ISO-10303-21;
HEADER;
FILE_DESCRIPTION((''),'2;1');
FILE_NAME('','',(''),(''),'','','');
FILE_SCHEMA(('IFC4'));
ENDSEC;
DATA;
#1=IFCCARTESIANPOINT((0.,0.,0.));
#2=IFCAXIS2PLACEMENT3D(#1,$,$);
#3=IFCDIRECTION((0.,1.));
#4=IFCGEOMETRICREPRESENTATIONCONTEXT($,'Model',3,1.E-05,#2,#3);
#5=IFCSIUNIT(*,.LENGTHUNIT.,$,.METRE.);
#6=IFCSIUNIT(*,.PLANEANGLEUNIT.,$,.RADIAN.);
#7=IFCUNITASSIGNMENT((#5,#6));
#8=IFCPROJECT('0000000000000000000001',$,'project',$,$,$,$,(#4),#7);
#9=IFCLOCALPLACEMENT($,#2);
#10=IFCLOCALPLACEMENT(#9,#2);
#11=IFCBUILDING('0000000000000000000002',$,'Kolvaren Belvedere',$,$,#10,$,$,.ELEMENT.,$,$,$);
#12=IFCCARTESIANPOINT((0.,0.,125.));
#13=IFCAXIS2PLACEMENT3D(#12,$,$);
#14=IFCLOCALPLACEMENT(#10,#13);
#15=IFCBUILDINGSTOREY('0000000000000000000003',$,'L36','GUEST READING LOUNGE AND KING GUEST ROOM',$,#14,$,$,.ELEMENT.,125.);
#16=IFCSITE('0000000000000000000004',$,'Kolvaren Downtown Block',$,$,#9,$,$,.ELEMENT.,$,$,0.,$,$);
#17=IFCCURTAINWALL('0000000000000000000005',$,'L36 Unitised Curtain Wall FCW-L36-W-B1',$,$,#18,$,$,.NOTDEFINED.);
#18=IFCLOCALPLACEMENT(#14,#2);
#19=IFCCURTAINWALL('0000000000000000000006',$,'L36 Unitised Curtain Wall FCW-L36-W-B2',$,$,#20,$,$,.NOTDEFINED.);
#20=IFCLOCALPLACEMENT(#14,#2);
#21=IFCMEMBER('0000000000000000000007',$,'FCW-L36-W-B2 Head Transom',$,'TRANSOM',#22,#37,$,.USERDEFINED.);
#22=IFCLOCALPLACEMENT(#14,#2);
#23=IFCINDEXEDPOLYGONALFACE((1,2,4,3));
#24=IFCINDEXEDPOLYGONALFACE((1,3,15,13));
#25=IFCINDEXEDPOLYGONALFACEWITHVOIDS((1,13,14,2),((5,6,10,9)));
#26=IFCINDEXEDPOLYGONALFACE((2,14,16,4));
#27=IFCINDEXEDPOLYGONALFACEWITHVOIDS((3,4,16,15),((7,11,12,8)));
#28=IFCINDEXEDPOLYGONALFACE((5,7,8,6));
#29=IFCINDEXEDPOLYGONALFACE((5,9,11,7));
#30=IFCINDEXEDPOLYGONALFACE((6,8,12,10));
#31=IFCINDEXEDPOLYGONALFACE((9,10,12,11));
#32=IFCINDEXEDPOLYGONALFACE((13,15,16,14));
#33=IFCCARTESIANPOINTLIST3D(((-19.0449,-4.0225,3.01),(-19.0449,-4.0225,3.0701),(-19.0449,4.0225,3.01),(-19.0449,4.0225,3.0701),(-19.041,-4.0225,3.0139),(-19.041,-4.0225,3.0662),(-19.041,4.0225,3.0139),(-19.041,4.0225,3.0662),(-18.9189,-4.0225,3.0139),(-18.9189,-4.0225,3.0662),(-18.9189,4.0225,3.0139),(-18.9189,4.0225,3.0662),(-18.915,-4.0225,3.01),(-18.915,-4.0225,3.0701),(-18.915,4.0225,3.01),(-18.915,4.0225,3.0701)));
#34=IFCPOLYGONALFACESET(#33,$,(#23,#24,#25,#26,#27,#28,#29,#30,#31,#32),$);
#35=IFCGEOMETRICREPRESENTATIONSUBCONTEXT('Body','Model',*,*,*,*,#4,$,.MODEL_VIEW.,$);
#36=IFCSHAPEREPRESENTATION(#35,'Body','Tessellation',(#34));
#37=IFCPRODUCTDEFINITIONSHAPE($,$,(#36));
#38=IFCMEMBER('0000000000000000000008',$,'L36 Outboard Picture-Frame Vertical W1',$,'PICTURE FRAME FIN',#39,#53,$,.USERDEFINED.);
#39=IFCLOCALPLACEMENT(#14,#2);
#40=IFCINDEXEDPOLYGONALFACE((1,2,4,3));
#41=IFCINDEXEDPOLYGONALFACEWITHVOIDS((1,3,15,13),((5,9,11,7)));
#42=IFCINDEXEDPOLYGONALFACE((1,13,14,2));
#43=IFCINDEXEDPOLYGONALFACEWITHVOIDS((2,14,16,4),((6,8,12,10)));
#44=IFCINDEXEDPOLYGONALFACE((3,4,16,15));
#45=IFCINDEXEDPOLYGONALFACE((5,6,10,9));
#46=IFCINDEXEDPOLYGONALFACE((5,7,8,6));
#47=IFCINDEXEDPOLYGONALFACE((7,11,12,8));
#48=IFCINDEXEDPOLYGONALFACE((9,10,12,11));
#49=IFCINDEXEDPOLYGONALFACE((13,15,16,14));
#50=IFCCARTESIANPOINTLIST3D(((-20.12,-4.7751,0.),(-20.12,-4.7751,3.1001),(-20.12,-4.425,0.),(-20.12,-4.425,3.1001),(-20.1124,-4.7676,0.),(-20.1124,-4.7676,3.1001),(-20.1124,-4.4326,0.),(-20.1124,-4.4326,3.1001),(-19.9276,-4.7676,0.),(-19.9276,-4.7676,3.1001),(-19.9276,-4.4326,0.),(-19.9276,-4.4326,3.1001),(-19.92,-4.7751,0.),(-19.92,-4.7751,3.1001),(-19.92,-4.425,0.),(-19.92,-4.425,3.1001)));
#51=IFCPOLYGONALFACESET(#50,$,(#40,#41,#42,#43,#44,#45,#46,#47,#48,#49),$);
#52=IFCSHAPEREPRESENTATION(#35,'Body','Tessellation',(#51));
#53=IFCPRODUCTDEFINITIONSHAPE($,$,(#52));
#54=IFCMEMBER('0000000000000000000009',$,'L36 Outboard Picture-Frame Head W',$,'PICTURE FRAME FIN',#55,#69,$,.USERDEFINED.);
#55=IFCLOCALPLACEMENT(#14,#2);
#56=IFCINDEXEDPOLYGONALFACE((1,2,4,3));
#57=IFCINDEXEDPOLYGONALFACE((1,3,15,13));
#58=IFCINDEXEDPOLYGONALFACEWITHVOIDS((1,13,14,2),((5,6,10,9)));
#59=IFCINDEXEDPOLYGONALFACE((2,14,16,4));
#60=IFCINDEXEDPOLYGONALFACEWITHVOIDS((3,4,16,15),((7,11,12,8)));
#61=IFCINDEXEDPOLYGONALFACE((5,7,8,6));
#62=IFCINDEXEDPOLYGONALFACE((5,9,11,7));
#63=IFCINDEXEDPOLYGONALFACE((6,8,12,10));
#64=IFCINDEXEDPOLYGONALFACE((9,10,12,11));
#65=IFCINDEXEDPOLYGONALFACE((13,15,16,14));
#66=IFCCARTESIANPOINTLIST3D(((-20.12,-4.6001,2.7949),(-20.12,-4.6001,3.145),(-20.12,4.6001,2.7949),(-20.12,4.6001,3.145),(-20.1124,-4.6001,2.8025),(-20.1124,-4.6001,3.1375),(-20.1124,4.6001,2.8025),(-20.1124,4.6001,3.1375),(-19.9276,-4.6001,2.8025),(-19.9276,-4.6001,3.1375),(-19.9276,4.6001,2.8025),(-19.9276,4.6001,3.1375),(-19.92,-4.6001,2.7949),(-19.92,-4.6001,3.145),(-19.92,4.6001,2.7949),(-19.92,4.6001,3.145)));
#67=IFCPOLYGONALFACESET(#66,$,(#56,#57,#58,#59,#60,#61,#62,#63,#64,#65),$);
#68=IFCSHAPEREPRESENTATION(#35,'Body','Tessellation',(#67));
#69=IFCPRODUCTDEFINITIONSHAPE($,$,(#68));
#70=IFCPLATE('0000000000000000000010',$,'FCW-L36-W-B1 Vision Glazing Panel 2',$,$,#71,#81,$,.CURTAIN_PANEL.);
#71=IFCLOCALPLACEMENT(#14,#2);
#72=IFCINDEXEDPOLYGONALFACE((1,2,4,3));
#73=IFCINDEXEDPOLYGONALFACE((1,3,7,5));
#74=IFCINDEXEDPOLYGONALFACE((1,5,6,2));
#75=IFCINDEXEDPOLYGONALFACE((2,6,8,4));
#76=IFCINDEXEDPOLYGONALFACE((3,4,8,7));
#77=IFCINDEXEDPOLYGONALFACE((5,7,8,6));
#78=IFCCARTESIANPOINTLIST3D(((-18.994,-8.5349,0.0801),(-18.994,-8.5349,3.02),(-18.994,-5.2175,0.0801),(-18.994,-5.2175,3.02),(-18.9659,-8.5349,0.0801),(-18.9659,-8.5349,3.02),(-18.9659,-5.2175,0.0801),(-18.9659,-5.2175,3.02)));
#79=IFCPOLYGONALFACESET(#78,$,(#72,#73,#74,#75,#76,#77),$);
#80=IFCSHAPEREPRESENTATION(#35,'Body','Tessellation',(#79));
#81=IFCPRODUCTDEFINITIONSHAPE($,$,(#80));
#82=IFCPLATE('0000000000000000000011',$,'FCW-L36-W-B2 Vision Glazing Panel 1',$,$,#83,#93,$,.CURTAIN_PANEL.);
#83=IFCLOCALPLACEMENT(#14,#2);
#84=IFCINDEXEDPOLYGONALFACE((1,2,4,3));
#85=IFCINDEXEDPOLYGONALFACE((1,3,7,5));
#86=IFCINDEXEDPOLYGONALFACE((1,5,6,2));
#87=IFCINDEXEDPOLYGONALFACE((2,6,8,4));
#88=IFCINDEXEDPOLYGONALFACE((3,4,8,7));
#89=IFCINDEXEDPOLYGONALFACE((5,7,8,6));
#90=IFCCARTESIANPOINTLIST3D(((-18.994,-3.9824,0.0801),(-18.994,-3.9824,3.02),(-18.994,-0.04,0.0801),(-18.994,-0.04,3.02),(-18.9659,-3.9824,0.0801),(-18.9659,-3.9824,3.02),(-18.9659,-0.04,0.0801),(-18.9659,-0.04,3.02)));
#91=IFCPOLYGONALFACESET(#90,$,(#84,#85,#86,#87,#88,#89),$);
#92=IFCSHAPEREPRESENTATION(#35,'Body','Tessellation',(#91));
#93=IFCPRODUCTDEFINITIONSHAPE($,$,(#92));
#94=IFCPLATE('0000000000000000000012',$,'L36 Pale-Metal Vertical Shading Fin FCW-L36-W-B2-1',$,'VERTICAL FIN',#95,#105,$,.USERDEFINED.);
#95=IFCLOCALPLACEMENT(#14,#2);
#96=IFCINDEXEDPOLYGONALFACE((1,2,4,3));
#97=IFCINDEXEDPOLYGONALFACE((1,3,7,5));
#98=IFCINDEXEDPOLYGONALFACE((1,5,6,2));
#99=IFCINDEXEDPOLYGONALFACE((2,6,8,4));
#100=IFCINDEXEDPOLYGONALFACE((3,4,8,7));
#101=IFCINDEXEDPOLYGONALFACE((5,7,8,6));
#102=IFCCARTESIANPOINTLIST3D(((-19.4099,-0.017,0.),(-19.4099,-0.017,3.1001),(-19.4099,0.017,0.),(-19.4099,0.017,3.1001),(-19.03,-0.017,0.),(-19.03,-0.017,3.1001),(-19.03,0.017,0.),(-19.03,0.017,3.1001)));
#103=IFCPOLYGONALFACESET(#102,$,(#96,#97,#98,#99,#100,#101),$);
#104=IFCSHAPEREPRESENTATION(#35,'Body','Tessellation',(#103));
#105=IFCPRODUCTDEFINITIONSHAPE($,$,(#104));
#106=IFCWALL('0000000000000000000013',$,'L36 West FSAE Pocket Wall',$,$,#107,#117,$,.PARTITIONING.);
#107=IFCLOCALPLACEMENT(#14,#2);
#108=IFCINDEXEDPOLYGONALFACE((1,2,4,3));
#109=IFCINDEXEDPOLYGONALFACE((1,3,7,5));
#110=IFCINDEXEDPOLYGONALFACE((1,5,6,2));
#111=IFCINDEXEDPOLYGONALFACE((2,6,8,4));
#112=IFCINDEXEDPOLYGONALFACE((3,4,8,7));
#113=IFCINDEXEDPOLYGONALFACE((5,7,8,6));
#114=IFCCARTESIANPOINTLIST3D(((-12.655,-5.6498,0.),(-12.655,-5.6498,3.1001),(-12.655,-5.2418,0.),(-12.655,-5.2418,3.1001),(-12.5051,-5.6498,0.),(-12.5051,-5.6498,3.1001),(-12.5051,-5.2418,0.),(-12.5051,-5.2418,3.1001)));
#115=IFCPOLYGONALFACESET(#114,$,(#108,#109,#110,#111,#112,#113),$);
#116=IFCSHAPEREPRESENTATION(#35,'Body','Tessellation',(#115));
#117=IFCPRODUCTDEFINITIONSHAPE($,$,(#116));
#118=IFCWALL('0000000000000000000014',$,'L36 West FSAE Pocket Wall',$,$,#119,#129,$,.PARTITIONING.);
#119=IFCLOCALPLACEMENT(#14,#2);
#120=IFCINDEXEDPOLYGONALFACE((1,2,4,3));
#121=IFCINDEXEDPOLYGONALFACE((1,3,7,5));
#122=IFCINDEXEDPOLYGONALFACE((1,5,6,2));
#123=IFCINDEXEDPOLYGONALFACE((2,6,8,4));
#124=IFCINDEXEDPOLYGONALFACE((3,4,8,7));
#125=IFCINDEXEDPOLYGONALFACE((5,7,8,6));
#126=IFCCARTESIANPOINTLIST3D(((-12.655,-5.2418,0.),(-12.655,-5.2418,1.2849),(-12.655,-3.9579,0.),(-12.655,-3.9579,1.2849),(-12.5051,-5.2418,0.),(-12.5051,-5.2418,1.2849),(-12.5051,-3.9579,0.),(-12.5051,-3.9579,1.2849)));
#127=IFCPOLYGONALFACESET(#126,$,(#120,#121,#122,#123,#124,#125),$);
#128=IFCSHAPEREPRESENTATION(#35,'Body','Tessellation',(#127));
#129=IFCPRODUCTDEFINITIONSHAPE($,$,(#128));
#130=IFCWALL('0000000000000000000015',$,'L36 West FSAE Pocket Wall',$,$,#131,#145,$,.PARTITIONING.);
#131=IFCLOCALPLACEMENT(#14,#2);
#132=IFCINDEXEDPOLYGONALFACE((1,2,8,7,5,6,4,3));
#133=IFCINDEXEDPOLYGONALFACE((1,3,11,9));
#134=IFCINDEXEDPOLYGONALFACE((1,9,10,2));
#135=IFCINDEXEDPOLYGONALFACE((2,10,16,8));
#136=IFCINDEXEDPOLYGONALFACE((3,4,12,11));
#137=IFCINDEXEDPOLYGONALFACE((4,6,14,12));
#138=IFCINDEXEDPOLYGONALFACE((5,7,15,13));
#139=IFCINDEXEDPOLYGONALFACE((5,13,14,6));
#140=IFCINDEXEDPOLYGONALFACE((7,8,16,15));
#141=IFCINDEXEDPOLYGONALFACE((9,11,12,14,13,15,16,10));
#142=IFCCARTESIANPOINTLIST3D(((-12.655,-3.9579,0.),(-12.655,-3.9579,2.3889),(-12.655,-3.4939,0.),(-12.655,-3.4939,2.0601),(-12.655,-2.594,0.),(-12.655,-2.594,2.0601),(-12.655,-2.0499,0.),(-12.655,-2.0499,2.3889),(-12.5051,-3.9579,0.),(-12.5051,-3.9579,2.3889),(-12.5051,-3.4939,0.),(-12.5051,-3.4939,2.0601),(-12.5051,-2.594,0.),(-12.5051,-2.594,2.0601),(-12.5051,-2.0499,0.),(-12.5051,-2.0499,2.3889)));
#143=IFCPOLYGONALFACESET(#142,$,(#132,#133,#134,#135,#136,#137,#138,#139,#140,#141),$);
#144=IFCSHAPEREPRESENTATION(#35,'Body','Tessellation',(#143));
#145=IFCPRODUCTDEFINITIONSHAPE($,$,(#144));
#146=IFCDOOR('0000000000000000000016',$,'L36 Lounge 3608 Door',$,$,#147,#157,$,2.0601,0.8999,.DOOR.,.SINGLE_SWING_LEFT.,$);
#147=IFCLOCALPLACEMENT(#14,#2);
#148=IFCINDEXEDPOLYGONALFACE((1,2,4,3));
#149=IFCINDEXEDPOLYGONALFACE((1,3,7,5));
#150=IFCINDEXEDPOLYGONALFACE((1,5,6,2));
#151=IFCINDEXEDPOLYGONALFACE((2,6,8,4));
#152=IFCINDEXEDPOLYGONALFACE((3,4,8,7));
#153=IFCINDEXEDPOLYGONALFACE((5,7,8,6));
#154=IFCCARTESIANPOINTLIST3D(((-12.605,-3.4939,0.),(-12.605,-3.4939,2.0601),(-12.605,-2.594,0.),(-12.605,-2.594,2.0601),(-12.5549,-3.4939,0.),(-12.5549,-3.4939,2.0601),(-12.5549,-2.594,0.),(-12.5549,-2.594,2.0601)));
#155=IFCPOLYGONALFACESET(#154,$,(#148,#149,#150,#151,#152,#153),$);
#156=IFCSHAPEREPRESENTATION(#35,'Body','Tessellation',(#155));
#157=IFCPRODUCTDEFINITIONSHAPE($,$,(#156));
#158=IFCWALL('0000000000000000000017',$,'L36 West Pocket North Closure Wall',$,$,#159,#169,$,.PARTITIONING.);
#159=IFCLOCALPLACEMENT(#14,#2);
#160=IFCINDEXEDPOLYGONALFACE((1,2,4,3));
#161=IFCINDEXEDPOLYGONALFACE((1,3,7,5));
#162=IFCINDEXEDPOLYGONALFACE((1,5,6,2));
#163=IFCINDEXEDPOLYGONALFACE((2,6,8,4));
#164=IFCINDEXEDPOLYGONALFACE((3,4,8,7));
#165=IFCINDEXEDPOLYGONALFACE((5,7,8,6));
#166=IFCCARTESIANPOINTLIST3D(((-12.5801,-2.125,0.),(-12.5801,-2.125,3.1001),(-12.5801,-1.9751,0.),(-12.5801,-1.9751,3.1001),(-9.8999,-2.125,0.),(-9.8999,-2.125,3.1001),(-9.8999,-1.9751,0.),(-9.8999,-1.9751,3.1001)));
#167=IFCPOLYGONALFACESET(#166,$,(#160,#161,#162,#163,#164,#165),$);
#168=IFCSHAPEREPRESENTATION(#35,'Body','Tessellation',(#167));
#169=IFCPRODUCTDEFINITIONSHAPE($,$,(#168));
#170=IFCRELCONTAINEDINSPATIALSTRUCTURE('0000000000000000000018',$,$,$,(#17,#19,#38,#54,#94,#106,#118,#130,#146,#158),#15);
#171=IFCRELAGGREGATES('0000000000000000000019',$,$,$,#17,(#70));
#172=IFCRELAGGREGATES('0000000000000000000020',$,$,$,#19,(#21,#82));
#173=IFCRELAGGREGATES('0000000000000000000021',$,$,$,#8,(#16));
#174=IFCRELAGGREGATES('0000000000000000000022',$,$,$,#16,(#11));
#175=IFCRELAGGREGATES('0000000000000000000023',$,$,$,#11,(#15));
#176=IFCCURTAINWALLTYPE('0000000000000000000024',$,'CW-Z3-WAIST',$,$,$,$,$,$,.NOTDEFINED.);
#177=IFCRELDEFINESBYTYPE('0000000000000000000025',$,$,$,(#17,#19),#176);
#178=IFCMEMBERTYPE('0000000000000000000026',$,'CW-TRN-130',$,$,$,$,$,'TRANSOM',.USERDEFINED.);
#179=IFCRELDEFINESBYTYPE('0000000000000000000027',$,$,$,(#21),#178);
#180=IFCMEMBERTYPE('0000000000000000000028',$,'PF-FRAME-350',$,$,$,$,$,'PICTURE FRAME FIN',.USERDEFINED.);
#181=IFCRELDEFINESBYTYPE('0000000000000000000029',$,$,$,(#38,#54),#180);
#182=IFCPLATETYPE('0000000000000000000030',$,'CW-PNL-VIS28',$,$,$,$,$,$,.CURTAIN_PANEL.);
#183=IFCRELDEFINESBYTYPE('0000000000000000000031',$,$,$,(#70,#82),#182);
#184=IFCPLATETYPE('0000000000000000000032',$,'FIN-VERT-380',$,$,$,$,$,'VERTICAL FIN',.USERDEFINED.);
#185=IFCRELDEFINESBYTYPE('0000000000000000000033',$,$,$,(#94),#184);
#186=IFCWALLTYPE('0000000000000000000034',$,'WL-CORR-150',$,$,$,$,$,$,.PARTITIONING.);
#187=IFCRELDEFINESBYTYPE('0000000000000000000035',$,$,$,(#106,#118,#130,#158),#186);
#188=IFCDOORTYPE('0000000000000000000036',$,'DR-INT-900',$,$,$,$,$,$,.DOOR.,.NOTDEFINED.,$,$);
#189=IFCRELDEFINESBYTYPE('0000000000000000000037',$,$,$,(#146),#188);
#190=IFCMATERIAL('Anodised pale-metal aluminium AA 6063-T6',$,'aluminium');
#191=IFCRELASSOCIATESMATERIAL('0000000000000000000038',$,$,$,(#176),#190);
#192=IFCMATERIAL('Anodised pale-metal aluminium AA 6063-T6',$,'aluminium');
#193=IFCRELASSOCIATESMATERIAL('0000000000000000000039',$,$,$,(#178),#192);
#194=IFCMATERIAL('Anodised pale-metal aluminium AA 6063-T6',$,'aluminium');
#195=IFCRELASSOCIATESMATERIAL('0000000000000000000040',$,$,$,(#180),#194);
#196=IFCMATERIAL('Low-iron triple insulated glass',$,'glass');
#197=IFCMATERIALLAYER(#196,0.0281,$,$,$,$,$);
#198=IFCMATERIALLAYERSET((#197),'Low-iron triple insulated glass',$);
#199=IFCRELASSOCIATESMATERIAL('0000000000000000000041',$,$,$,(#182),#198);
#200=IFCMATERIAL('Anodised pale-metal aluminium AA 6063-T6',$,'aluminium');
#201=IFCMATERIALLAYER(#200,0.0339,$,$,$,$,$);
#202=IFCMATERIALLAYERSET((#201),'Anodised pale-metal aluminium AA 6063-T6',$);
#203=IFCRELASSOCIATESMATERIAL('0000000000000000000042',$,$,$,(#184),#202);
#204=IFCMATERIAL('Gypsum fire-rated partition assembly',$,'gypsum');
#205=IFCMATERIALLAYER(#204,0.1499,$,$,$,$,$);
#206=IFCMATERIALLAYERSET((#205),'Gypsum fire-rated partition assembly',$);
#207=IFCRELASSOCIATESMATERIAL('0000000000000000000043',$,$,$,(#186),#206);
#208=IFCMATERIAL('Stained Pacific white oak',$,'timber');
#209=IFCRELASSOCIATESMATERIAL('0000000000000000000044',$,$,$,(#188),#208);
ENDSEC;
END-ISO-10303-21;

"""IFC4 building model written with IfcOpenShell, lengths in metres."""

from ifc_helpers import new_model, si_unit, direction, frame, frame_2d, origin, origin_2d, place, context, subcontext, project, spatial, rectangle, hollow_rectangle, extrude, material, layer, layer_set, material_profile, profile_set, type_object, element, fill, aggregate, save


model = new_model("IFC4")

# Units and contexts
model_context = context("Model", 3, precision=1e-05, world=origin(), true_north=direction((0.0, 1.0)))
body_context = subcontext(model_context, "Body", "Model", "MODEL_VIEW")
ifc_project = project(units=[si_unit("LENGTHUNIT", "METRE"), si_unit("PLANEANGLEUNIT", "RADIAN")], contexts=[model_context])

# Site, building, storey
site_placement = place(None, origin())
site = spatial("IfcSite", under=ifc_project, at=site_placement, Name="Kolvaren Downtown Block", CompositionType="ELEMENT", RefElevation=0.0)
building_placement = place(site_placement, origin())
building = spatial("IfcBuilding", under=site, at=building_placement, Name="Kolvaren Belvedere", CompositionType="ELEMENT")
storey_placement = place(building_placement, frame((0.0, 0.0, 125.0)))
storey = spatial("IfcBuildingStorey", under=building, at=storey_placement, Name="L36", Description="GUEST READING LOUNGE AND KING GUEST ROOM", CompositionType="ELEMENT", Elevation=125.0)

# Curtain walls, member
ifc_material_1 = material(Name="Anodised pale-metal aluminium AA 6063-T6", Category="aluminium")
curtain_wall_type = type_object("IfcCurtainWallType", Name="CW-Z3-WAIST", PredefinedType="NOTDEFINED", material=ifc_material_1)
curtain_wall_1_placement = place(storey_placement, origin())
curtain_wall_1 = element("IfcCurtainWall", 1, at=curtain_wall_1_placement, inside=storey, type_object=curtain_wall_type, Name="L36 Unitised Curtain Wall FCW-L36-W-B1", PredefinedType="NOTDEFINED")
curtain_wall_2_placement = place(storey_placement, origin())
curtain_wall_2 = element("IfcCurtainWall", 2, at=curtain_wall_2_placement, inside=storey, type_object=curtain_wall_type, Name="L36 Unitised Curtain Wall FCW-L36-W-B2", PredefinedType="NOTDEFINED")
ifc_material_2 = material(Name="Anodised pale-metal aluminium AA 6063-T6", Category="aluminium")
ifc_material_profile_1 = material_profile(ifc_material_2, hollow_rectangle(XDim=0.0601, YDim=0.1299, WallThickness=0.0039, at=origin_2d()), Name="ALU-TRN-130X60")
ifc_profile_set_1 = profile_set([ifc_material_profile_1], Name="Anodised pale-metal aluminium AA 6063-T6")
member_type_1 = type_object("IfcMemberType", Name="CW-TRN-130", ElementType="TRANSOM", PredefinedType="USERDEFINED", material=ifc_profile_set_1)
member_1_placement = place(storey_placement, frame((-18.98, -4.0225, 3.04), z_axis=(0.0, 1.0, 0.0), x_axis=(0.0, 0.0, 1.0)))
member_1 = element("IfcMember", 3, at=member_1_placement, type_object=member_type_1, Name="FCW-L36-W-B2 Head Transom", ObjectType="TRANSOM", PredefinedType="USERDEFINED", context=body_context, shape_type="SweptSolid", body=[
    extrude(hollow_rectangle(XDim=0.0601, YDim=0.1299, WallThickness=0.0039, at=origin_2d()), origin(), (0.0, 0.0, 1.0), 8.0449),
])

# Members
ifc_material_3 = material(Name="Anodised pale-metal aluminium AA 6063-T6", Category="aluminium")
ifc_material_profile_2 = material_profile(ifc_material_3, hollow_rectangle(XDim=0.2, YDim=0.3501, WallThickness=0.0076, at=origin_2d()), Name="ALU-PF-350X200")
ifc_profile_set_2 = profile_set([ifc_material_profile_2], Name="Anodised pale-metal aluminium AA 6063-T6")
member_type_2 = type_object("IfcMemberType", Name="PF-FRAME-350", ElementType="PICTURE FRAME FIN", PredefinedType="USERDEFINED", material=ifc_profile_set_2)
member_2_placement = place(storey_placement, frame((-20.02, -4.6001, 0.0), z_axis=(0.0, 0.0, 1.0), x_axis=(1.0, 0.0, 0.0)))
element("IfcMember", 4, at=member_2_placement, inside=storey, type_object=member_type_2, Name="L36 Outboard Picture-Frame Vertical W1", ObjectType="PICTURE FRAME FIN", PredefinedType="USERDEFINED", context=body_context, shape_type="SweptSolid", body=[
    extrude(hollow_rectangle(XDim=0.2, YDim=0.3501, WallThickness=0.0076, at=origin_2d()), origin(), (0.0, 0.0, 1.0), 3.1001),
])
member_3_placement = place(storey_placement, frame((-20.02, -4.6001, 2.97), z_axis=(0.0, 1.0, 0.0), x_axis=(-1.0, 0.0, 0.0)))
element("IfcMember", 5, at=member_3_placement, inside=storey, type_object=member_type_2, Name="L36 Outboard Picture-Frame Head W", ObjectType="PICTURE FRAME FIN", PredefinedType="USERDEFINED", context=body_context, shape_type="SweptSolid", body=[
    extrude(hollow_rectangle(XDim=0.2, YDim=0.3501, WallThickness=0.0076, at=origin_2d()), origin(), (0.0, 0.0, 1.0), 9.2002),
])

# Plates
ifc_material_4 = material(Name="Low-iron triple insulated glass", Category="glass")
ifc_layer_1 = layer(ifc_material_4, 0.0281)
ifc_layer_set_1 = layer_set([ifc_layer_1], Name="Low-iron triple insulated glass")
plate_type_1 = type_object("IfcPlateType", Name="CW-PNL-VIS28", PredefinedType="CURTAIN_PANEL", material=ifc_layer_set_1)
plate_1_placement = place(storey_placement, frame((-18.98, -6.8762, 0.0801), z_axis=(0.0, 0.0, 1.0), x_axis=(0.0, 1.0, 0.0)))
plate_1 = element("IfcPlate", 6, at=plate_1_placement, type_object=plate_type_1, Name="FCW-L36-W-B1 Vision Glazing Panel 2", PredefinedType="CURTAIN_PANEL", context=body_context, shape_type="SweptSolid", body=[
    extrude(rectangle(XDim=3.3174, YDim=0.0281, at=origin_2d()), origin(), (0.0, 0.0, 1.0), 2.9399),
])
aggregate(curtain_wall_1, [plate_1])
plate_2_placement = place(storey_placement, frame((-18.98, -2.0112, 0.0801), z_axis=(0.0, 0.0, 1.0), x_axis=(0.0, 1.0, 0.0)))
plate_2 = element("IfcPlate", 7, at=plate_2_placement, type_object=plate_type_1, Name="FCW-L36-W-B2 Vision Glazing Panel 1", PredefinedType="CURTAIN_PANEL", context=body_context, shape_type="SweptSolid", body=[
    extrude(rectangle(XDim=3.9424, YDim=0.0281, at=origin_2d()), origin(), (0.0, 0.0, 1.0), 2.9399),
])
aggregate(curtain_wall_2, [member_1, plate_2])
ifc_material_5 = material(Name="Anodised pale-metal aluminium AA 6063-T6", Category="aluminium")
ifc_layer_2 = layer(ifc_material_5, 0.0339)
ifc_layer_set_2 = layer_set([ifc_layer_2], Name="Anodised pale-metal aluminium AA 6063-T6")
plate_type_2 = type_object("IfcPlateType", Name="FIN-VERT-380", ElementType="VERTICAL FIN", PredefinedType="USERDEFINED", material=ifc_layer_set_2)
plate_3_placement = place(storey_placement, frame((-19.22, 0.0, 0.0), z_axis=(0.0, 0.0, 1.0), x_axis=(1.0, 0.0, 0.0)))
element("IfcPlate", 8, at=plate_3_placement, inside=storey, type_object=plate_type_2, Name="L36 Pale-Metal Vertical Shading Fin FCW-L36-W-B2-1", ObjectType="VERTICAL FIN", PredefinedType="USERDEFINED", context=body_context, shape_type="SweptSolid", body=[
    extrude(rectangle(XDim=0.3799, YDim=0.0339, at=origin_2d()), origin(), (0.0, 0.0, 1.0), 3.1001),
])

# Walls
ifc_material_6 = material(Name="Gypsum fire-rated partition assembly", Category="gypsum")
ifc_layer_3 = layer(ifc_material_6, 0.1499)
ifc_layer_set_3 = layer_set([ifc_layer_3], Name="Gypsum fire-rated partition assembly")
wall_type_1 = type_object("IfcWallType", Name="WL-CORR-150", PredefinedType="PARTITIONING", material=ifc_layer_set_3)
wall_1_placement = place(storey_placement, frame((-12.5801, -5.6499, 0.0), z_axis=(0.0, 0.0, 1.0), x_axis=(0.0, 1.0, 0.0)))
element("IfcWall", 9, at=wall_1_placement, inside=storey, type_object=wall_type_1, Name="L36 West FSAE Pocket Wall", PredefinedType="PARTITIONING", context=body_context, shape_type="SweptSolid", body=[
    extrude(rectangle(XDim=0.408, YDim=0.1499, at=frame_2d((0.2041, 0.0))), origin(), (0.0, 0.0, 1.0), 3.1001),
])
wall_2_placement = place(storey_placement, frame((-12.5801, -5.2419, 0.0), z_axis=(0.0, 0.0, 1.0), x_axis=(0.0, 1.0, 0.0)))
element("IfcWall", 10, at=wall_2_placement, inside=storey, type_object=wall_type_1, Name="L36 West FSAE Pocket Wall", PredefinedType="PARTITIONING", context=body_context, shape_type="SweptSolid", body=[
    extrude(rectangle(XDim=1.2839, YDim=0.1499, at=frame_2d((0.6421, 0.0))), origin(), (0.0, 0.0, 1.0), 1.2849),
])

# Wall, opening, door
wall_3_placement = place(storey_placement, frame((-12.5801, -3.958, 0.0), z_axis=(0.0, 0.0, 1.0), x_axis=(0.0, 1.0, 0.0)))
wall_3 = element("IfcWall", 11, at=wall_3_placement, inside=storey, type_object=wall_type_1, Name="L36 West FSAE Pocket Wall", PredefinedType="PARTITIONING", context=body_context, shape_type="SweptSolid", body=[
    extrude(rectangle(XDim=1.908, YDim=0.1499, at=frame_2d((0.9541, 0.0))), origin(), (0.0, 0.0, 1.0), 2.3889),
])
opening_1_placement = place(wall_3_placement, frame((0.4641, 0.0, 0.0)))
opening_1 = element("IfcOpeningElement", 12, at=opening_1_placement, cuts=wall_3, PredefinedType="OPENING", context=body_context, shape_type="SweptSolid", body=[
    extrude(rectangle(XDim=0.8999, YDim=2.0601, at=frame_2d((0.45, 1.03))), frame((0.0, 0.085, 0.0), z_axis=(0.0, -1.0, 0.0), x_axis=(1.0, 0.0, 0.0)), (0.0, 0.0, 1.0), 0.1699),
])
ifc_material_7 = material(Name="Stained Pacific white oak", Category="timber")
door_type = type_object("IfcDoorType", Name="DR-INT-900", OperationType="NOTDEFINED", PredefinedType="DOOR", material=ifc_material_7)
door_1_placement = place(opening_1_placement, origin())
door_1 = element("IfcDoor", 13, at=door_1_placement, inside=storey, type_object=door_type, Name="L36 Lounge 3608 Door", OperationType="SINGLE_SWING_LEFT", OverallHeight=2.0601, OverallWidth=0.8999, PredefinedType="DOOR", context=body_context, shape_type="SweptSolid", body=[
    extrude(rectangle(XDim=0.8999, YDim=2.0601, at=frame_2d((0.45, 1.03))), frame((0.0, 0.0249, 0.0), z_axis=(0.0, -1.0, 0.0), x_axis=(1.0, 0.0, 0.0)), (0.0, 0.0, 1.0), 0.05),
])
fill(opening_1, door_1)

# Wall
wall_4_placement = place(storey_placement, frame((-12.5801, -2.05, 0.0), z_axis=(0.0, 0.0, 1.0), x_axis=(1.0, 0.0, 0.0)))
element("IfcWall", 14, at=wall_4_placement, inside=storey, type_object=wall_type_1, Name="L36 West Pocket North Closure Wall", PredefinedType="PARTITIONING", context=body_context, shape_type="SweptSolid", body=[
    extrude(rectangle(XDim=2.6802, YDim=0.1499, at=frame_2d((1.3401, 0.0))), origin(), (0.0, 0.0, 1.0), 3.1001),
])

save(model, "model.ifc")
